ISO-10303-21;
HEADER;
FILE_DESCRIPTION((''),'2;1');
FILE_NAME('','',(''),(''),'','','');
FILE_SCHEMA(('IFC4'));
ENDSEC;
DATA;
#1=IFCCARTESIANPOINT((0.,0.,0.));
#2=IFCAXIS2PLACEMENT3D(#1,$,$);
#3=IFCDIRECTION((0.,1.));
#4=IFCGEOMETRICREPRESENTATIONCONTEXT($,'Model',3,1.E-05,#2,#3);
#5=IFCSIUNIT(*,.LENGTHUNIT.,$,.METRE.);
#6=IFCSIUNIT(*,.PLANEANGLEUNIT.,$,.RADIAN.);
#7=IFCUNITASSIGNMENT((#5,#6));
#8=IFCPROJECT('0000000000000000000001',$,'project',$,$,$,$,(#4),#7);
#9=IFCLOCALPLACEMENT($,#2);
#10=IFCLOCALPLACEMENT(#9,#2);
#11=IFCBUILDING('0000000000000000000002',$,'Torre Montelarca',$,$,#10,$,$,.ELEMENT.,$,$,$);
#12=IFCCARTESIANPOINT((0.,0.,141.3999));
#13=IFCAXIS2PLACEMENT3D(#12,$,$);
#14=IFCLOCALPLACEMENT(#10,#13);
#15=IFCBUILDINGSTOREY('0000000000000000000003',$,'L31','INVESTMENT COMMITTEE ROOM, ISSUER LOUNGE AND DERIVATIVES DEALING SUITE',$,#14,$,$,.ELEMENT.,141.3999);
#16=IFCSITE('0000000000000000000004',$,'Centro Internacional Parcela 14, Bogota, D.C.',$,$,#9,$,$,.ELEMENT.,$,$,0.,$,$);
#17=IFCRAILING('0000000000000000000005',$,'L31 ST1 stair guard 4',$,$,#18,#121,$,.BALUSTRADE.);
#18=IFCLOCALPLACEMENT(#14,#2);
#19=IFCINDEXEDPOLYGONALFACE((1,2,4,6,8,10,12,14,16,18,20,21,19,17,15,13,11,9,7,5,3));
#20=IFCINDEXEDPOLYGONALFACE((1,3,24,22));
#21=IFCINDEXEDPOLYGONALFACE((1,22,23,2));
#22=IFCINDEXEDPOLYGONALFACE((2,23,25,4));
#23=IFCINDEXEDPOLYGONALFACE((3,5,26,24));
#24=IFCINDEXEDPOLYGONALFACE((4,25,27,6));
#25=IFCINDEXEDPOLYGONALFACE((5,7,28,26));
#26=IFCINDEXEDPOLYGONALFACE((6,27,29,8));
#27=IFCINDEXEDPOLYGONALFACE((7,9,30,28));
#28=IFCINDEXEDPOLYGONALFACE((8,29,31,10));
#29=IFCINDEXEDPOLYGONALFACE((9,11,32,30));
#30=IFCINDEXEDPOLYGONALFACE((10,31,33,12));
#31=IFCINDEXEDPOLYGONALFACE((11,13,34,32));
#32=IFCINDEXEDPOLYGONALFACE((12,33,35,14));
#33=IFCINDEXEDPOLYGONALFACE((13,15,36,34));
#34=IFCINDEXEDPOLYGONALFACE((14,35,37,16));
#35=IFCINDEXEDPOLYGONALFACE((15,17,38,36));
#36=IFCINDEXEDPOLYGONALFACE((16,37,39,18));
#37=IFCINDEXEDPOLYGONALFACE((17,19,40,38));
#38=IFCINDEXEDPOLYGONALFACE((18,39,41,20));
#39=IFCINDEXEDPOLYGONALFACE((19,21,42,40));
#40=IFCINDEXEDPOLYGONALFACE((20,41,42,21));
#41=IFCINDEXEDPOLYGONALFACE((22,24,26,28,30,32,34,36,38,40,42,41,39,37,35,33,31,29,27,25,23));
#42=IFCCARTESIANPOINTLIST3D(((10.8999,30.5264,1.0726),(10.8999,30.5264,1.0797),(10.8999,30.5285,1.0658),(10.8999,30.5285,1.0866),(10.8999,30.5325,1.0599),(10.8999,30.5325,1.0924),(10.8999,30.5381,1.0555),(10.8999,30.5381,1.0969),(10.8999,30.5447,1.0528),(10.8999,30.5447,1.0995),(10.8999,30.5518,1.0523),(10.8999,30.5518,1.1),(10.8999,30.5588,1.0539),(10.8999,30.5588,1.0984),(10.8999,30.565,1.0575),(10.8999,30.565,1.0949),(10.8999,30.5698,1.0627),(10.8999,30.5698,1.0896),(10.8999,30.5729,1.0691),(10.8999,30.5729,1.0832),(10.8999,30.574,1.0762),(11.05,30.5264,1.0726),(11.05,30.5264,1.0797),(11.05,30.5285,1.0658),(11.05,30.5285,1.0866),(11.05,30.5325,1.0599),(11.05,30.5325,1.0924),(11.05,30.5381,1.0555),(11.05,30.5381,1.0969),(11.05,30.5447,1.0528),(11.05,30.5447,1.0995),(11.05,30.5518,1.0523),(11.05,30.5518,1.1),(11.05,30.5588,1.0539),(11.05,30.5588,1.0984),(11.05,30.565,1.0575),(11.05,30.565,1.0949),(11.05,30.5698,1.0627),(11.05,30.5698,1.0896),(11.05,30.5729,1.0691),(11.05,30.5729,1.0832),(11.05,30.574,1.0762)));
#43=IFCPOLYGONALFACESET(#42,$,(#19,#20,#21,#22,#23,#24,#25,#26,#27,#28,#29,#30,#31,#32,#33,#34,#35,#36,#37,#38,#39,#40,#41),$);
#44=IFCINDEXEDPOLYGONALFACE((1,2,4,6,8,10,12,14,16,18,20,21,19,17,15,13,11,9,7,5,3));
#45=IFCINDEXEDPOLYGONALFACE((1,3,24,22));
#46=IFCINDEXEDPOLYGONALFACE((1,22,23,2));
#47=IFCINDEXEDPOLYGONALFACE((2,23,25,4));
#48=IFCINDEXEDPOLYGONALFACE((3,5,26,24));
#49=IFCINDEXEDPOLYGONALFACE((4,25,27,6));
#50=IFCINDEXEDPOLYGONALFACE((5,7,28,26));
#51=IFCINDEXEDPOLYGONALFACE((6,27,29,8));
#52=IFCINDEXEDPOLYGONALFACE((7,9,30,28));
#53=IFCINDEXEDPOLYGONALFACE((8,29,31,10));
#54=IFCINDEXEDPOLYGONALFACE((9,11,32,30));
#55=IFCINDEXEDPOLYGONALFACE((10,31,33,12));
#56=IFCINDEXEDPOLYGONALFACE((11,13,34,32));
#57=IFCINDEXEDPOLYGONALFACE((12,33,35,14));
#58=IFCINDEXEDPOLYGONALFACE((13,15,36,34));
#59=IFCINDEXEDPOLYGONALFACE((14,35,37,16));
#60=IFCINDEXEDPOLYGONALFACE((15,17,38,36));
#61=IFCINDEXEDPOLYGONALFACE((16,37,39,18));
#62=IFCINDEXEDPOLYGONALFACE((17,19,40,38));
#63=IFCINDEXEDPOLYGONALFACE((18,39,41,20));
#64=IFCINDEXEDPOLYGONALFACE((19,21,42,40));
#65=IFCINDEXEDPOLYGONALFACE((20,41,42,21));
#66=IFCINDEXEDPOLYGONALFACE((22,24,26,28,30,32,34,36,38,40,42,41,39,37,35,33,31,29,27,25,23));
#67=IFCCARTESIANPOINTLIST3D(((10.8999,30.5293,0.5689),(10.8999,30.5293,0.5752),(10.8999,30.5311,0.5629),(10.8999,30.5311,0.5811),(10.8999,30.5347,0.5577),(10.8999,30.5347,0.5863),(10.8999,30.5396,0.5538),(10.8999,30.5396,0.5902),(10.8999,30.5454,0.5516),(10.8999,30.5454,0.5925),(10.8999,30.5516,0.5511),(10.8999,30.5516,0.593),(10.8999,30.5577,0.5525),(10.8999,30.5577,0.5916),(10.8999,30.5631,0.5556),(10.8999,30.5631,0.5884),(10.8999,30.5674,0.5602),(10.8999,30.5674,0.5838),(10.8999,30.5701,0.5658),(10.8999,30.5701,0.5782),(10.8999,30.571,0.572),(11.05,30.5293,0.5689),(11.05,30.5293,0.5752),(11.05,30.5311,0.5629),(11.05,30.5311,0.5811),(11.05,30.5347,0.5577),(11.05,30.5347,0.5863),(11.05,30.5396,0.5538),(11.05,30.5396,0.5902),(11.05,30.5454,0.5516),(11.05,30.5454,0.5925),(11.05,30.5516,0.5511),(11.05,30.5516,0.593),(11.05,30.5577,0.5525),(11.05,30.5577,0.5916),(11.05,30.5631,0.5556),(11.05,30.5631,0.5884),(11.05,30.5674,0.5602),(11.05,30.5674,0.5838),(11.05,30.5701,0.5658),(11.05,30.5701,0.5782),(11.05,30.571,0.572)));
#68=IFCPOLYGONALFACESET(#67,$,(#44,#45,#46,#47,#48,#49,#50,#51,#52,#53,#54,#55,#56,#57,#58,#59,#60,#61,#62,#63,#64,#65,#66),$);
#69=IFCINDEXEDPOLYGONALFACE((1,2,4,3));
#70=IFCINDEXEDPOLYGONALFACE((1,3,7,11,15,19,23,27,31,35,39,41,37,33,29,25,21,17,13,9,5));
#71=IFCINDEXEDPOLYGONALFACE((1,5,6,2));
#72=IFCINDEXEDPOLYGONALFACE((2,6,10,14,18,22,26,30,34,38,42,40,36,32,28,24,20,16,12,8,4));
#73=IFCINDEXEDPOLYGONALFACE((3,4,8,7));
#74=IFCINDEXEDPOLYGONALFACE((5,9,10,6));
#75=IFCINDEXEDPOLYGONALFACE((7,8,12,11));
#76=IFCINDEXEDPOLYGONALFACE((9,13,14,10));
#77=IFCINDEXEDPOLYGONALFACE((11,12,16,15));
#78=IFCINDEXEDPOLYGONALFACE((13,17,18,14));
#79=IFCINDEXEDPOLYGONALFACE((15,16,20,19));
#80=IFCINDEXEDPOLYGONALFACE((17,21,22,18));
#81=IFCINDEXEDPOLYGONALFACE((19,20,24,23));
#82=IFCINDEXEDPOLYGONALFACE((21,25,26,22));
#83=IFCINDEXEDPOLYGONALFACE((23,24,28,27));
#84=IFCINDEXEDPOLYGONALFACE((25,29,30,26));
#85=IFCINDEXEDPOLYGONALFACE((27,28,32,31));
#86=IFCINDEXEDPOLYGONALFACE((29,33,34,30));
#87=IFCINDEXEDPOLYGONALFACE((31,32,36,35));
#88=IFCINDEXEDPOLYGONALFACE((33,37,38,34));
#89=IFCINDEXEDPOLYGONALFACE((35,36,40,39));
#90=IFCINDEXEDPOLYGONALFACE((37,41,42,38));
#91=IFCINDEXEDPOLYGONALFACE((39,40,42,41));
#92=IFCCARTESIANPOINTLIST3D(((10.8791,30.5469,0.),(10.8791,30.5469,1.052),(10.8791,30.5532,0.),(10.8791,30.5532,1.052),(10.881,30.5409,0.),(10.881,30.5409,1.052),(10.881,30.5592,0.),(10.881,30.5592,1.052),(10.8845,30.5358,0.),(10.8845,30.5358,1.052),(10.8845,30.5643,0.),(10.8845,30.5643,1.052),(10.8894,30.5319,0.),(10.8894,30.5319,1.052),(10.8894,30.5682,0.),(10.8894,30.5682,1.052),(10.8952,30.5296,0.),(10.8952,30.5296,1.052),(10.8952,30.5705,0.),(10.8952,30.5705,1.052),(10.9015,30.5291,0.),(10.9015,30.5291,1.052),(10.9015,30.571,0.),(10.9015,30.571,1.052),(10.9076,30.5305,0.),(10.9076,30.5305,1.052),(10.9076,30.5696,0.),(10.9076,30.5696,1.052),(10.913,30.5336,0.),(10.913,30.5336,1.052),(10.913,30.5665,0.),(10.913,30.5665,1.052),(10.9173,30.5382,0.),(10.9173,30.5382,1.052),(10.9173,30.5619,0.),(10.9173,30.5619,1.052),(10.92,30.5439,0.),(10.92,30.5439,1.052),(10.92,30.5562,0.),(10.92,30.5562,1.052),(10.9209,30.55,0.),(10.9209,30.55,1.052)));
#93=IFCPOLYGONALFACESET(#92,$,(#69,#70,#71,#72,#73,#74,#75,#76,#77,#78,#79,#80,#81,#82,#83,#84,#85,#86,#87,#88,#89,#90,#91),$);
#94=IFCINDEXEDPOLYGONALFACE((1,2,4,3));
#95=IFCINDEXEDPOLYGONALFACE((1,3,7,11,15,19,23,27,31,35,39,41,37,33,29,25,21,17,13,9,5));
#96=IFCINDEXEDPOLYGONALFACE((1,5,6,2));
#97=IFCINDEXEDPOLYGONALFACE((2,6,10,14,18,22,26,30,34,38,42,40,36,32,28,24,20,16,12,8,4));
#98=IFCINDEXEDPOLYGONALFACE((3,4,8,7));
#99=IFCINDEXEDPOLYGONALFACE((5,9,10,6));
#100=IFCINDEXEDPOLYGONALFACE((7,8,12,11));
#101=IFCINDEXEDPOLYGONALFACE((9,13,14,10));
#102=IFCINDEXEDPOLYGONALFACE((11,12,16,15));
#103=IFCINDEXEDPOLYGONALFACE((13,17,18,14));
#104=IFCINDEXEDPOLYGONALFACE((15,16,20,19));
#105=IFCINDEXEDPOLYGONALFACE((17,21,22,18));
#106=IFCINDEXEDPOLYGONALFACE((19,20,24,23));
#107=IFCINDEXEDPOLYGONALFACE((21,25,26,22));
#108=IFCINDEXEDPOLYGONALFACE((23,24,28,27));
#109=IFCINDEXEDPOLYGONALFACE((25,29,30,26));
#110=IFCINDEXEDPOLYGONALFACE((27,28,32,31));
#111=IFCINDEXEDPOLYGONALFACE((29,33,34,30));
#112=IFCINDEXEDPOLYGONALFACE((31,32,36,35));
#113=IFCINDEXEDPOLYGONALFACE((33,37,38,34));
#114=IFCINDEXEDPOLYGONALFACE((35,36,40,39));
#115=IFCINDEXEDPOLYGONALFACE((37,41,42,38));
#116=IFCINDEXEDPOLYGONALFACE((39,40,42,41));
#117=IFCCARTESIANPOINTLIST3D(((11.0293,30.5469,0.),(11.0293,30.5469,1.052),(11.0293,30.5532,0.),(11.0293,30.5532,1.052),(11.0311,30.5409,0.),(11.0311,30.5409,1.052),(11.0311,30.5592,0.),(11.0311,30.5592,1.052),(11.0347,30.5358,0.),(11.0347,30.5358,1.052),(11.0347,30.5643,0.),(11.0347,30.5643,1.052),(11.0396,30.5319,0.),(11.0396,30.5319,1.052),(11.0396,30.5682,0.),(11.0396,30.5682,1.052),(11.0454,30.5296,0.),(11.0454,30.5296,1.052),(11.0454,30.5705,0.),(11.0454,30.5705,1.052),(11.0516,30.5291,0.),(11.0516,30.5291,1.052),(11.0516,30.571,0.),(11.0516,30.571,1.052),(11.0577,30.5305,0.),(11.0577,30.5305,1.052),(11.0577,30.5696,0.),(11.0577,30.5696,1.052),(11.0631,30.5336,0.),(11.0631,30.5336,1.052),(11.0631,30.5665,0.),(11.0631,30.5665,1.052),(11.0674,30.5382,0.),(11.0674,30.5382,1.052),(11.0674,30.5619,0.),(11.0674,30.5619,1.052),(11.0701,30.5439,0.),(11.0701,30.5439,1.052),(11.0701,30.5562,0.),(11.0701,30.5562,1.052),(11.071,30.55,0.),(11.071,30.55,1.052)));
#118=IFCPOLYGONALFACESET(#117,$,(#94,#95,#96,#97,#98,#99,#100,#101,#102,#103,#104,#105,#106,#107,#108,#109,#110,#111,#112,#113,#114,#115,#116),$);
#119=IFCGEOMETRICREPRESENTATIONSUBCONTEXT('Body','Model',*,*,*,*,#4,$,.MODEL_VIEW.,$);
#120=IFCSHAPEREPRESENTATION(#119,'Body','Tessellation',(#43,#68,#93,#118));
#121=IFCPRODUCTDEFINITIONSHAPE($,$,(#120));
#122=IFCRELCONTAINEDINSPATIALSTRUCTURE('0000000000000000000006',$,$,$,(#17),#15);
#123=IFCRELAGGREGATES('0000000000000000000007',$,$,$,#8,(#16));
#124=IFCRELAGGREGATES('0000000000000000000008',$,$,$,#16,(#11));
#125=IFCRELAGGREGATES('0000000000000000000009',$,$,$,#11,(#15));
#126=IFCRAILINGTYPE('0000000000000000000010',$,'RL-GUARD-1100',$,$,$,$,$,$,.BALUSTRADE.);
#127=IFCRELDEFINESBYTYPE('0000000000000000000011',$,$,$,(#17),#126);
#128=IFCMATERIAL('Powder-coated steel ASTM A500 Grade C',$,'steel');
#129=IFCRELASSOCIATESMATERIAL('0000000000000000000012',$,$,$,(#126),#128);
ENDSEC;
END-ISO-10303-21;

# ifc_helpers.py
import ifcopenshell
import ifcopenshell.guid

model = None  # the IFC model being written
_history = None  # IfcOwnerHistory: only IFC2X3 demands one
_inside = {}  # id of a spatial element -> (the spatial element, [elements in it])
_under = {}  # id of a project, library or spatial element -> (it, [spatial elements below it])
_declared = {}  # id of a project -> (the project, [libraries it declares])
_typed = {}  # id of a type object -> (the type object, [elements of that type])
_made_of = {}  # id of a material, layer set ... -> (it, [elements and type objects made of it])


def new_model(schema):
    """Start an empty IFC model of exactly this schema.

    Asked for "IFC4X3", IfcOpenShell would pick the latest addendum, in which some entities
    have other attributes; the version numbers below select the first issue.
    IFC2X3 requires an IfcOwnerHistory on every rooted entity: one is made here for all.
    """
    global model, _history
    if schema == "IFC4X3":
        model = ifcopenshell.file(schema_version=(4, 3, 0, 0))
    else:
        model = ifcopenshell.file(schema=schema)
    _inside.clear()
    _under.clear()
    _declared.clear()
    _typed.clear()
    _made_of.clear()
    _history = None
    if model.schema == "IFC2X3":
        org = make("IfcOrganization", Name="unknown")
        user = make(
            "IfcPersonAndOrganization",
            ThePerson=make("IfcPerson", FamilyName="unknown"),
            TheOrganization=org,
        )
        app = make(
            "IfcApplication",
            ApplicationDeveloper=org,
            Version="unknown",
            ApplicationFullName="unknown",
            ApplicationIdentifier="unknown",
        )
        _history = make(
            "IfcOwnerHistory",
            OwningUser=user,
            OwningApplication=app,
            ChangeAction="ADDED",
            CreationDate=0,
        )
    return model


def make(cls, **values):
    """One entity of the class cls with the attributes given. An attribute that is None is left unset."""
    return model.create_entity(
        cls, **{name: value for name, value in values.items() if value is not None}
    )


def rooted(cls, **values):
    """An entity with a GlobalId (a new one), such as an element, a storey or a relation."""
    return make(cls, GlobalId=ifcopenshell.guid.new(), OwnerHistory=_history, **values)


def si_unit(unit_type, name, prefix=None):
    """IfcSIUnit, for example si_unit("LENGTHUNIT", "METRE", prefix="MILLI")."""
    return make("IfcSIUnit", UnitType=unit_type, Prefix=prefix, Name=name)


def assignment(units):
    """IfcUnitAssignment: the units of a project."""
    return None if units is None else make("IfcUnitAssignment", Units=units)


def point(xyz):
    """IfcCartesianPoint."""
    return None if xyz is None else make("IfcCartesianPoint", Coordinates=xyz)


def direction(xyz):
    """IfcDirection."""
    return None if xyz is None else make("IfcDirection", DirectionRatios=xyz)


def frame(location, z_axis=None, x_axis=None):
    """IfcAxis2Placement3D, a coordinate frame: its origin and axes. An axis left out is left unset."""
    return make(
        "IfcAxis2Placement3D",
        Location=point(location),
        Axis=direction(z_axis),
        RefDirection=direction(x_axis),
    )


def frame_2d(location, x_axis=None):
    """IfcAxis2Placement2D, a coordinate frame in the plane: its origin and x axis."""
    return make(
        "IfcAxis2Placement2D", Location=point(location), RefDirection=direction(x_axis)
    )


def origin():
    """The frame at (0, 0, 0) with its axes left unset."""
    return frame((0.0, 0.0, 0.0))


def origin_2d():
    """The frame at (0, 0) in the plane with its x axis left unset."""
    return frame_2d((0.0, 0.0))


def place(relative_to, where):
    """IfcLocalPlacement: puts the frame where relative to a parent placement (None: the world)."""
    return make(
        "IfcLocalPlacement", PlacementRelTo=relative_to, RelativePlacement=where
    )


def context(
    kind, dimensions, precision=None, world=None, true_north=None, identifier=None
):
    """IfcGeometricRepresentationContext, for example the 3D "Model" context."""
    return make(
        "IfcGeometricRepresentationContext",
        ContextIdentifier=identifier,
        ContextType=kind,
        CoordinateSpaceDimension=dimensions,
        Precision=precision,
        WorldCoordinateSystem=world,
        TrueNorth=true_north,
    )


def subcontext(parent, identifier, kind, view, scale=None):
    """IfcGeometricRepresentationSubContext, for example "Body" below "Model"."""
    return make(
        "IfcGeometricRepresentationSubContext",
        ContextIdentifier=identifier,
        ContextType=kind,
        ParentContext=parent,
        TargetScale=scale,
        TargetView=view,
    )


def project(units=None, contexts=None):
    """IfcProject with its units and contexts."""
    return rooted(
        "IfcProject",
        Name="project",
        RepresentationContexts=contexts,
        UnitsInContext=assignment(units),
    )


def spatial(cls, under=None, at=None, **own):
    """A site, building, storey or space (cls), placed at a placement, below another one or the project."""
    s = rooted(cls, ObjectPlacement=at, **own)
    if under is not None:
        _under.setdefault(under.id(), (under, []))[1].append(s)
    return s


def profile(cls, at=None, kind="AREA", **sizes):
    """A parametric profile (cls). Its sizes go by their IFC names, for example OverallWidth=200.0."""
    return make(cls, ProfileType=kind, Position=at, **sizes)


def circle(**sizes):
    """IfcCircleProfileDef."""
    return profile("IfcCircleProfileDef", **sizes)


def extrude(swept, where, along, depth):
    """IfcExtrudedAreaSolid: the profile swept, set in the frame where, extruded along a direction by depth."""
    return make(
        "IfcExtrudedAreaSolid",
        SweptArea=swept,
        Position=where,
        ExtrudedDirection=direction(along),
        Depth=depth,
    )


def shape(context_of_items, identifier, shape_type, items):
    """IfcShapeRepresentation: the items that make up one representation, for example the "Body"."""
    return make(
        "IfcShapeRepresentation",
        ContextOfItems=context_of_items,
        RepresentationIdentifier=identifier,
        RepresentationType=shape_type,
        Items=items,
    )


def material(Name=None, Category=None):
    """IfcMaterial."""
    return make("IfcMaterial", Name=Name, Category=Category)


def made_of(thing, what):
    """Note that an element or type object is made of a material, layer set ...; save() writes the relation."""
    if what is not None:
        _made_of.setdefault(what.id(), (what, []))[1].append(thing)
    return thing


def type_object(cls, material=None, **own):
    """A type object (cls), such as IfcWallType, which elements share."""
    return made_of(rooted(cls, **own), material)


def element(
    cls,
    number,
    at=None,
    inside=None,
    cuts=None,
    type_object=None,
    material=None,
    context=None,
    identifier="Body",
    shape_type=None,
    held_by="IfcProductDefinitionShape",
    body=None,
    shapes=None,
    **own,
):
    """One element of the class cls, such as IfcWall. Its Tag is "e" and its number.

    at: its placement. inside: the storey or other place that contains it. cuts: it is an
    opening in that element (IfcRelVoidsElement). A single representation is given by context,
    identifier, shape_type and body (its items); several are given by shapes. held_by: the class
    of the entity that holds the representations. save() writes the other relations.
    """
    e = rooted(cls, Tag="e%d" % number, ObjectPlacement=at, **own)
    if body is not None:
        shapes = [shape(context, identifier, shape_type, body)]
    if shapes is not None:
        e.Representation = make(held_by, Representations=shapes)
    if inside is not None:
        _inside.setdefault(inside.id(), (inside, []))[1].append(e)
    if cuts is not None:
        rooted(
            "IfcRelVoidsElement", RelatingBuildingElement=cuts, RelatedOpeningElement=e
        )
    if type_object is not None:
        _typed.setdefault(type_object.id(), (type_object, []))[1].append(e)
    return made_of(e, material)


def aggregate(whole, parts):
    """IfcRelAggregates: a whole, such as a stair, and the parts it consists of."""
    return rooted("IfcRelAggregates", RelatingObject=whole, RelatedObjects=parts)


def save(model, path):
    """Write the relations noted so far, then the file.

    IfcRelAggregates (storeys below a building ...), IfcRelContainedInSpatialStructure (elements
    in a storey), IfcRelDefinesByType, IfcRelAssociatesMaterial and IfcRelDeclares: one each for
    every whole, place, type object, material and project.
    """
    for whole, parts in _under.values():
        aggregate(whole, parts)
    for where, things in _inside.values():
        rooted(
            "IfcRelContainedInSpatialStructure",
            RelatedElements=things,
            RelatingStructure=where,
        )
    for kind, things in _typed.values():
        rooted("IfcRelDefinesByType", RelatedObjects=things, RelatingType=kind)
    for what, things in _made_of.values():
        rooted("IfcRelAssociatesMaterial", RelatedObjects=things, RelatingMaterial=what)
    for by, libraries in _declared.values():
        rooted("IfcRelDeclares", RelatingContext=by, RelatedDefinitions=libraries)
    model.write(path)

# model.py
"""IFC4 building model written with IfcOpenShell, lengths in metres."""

from ifc_helpers import new_model, si_unit, direction, frame, origin, origin_2d, place, context, subcontext, project, spatial, circle, extrude, material, type_object, element, save


model = new_model("IFC4")

# Units and contexts
model_context = context("Model", 3, precision=1e-05, world=origin(), true_north=direction((0.0, 1.0)))
body_context = subcontext(model_context, "Body", "Model", "MODEL_VIEW")
ifc_project = project(units=[si_unit("LENGTHUNIT", "METRE"), si_unit("PLANEANGLEUNIT", "RADIAN")], contexts=[model_context])

# Site, building, storey
site_placement = place(None, origin())
site = spatial("IfcSite", under=ifc_project, at=site_placement, Name="Centro Internacional Parcela 14, Bogota, D.C.", CompositionType="ELEMENT", RefElevation=0.0)
building_placement = place(site_placement, origin())
building = spatial("IfcBuilding", under=site, at=building_placement, Name="Torre Montelarca", CompositionType="ELEMENT")
storey_placement = place(building_placement, frame((0.0, 0.0, 141.3999)))
storey = spatial("IfcBuildingStorey", under=building, at=storey_placement, Name="L31", Description="INVESTMENT COMMITTEE ROOM, ISSUER LOUNGE AND DERIVATIVES DEALING SUITE", CompositionType="ELEMENT", Elevation=141.3999)

# Railing
ifc_material_1 = material(Name="Powder-coated steel ASTM A500 Grade C", Category="steel")
railing_type_1 = type_object("IfcRailingType", Name="RL-GUARD-1100", PredefinedType="BALUSTRADE", material=ifc_material_1)
railing_1_placement = place(storey_placement, frame((10.8999, 30.55, 0.0)))
element("IfcRailing", 1, at=railing_1_placement, inside=storey, type_object=railing_type_1, Name="L31 ST1 stair guard 4", PredefinedType="BALUSTRADE", context=body_context, shape_type="SweptSolid", body=[
    extrude(circle(Radius=0.0239, at=origin_2d()), frame((0.0, 0.0, 1.0762), z_axis=(1.0, 0.0, 0.0), x_axis=(0.0, 1.0, 0.0)), (0.0, 0.0, 1.0), 0.1501),
    extrude(circle(Radius=0.021, at=origin_2d()), frame((0.0, 0.0, 0.572), z_axis=(1.0, 0.0, 0.0), x_axis=(0.0, 1.0, 0.0)), (0.0, 0.0, 1.0), 0.1501),
    extrude(circle(Radius=0.021, at=origin_2d()), origin(), (0.0, 0.0, 1.0), 1.052),
    extrude(circle(Radius=0.021, at=origin_2d()), frame((0.1501, 0.0, 0.0)), (0.0, 0.0, 1.0), 1.052),
])

save(model, "model.ifc")
